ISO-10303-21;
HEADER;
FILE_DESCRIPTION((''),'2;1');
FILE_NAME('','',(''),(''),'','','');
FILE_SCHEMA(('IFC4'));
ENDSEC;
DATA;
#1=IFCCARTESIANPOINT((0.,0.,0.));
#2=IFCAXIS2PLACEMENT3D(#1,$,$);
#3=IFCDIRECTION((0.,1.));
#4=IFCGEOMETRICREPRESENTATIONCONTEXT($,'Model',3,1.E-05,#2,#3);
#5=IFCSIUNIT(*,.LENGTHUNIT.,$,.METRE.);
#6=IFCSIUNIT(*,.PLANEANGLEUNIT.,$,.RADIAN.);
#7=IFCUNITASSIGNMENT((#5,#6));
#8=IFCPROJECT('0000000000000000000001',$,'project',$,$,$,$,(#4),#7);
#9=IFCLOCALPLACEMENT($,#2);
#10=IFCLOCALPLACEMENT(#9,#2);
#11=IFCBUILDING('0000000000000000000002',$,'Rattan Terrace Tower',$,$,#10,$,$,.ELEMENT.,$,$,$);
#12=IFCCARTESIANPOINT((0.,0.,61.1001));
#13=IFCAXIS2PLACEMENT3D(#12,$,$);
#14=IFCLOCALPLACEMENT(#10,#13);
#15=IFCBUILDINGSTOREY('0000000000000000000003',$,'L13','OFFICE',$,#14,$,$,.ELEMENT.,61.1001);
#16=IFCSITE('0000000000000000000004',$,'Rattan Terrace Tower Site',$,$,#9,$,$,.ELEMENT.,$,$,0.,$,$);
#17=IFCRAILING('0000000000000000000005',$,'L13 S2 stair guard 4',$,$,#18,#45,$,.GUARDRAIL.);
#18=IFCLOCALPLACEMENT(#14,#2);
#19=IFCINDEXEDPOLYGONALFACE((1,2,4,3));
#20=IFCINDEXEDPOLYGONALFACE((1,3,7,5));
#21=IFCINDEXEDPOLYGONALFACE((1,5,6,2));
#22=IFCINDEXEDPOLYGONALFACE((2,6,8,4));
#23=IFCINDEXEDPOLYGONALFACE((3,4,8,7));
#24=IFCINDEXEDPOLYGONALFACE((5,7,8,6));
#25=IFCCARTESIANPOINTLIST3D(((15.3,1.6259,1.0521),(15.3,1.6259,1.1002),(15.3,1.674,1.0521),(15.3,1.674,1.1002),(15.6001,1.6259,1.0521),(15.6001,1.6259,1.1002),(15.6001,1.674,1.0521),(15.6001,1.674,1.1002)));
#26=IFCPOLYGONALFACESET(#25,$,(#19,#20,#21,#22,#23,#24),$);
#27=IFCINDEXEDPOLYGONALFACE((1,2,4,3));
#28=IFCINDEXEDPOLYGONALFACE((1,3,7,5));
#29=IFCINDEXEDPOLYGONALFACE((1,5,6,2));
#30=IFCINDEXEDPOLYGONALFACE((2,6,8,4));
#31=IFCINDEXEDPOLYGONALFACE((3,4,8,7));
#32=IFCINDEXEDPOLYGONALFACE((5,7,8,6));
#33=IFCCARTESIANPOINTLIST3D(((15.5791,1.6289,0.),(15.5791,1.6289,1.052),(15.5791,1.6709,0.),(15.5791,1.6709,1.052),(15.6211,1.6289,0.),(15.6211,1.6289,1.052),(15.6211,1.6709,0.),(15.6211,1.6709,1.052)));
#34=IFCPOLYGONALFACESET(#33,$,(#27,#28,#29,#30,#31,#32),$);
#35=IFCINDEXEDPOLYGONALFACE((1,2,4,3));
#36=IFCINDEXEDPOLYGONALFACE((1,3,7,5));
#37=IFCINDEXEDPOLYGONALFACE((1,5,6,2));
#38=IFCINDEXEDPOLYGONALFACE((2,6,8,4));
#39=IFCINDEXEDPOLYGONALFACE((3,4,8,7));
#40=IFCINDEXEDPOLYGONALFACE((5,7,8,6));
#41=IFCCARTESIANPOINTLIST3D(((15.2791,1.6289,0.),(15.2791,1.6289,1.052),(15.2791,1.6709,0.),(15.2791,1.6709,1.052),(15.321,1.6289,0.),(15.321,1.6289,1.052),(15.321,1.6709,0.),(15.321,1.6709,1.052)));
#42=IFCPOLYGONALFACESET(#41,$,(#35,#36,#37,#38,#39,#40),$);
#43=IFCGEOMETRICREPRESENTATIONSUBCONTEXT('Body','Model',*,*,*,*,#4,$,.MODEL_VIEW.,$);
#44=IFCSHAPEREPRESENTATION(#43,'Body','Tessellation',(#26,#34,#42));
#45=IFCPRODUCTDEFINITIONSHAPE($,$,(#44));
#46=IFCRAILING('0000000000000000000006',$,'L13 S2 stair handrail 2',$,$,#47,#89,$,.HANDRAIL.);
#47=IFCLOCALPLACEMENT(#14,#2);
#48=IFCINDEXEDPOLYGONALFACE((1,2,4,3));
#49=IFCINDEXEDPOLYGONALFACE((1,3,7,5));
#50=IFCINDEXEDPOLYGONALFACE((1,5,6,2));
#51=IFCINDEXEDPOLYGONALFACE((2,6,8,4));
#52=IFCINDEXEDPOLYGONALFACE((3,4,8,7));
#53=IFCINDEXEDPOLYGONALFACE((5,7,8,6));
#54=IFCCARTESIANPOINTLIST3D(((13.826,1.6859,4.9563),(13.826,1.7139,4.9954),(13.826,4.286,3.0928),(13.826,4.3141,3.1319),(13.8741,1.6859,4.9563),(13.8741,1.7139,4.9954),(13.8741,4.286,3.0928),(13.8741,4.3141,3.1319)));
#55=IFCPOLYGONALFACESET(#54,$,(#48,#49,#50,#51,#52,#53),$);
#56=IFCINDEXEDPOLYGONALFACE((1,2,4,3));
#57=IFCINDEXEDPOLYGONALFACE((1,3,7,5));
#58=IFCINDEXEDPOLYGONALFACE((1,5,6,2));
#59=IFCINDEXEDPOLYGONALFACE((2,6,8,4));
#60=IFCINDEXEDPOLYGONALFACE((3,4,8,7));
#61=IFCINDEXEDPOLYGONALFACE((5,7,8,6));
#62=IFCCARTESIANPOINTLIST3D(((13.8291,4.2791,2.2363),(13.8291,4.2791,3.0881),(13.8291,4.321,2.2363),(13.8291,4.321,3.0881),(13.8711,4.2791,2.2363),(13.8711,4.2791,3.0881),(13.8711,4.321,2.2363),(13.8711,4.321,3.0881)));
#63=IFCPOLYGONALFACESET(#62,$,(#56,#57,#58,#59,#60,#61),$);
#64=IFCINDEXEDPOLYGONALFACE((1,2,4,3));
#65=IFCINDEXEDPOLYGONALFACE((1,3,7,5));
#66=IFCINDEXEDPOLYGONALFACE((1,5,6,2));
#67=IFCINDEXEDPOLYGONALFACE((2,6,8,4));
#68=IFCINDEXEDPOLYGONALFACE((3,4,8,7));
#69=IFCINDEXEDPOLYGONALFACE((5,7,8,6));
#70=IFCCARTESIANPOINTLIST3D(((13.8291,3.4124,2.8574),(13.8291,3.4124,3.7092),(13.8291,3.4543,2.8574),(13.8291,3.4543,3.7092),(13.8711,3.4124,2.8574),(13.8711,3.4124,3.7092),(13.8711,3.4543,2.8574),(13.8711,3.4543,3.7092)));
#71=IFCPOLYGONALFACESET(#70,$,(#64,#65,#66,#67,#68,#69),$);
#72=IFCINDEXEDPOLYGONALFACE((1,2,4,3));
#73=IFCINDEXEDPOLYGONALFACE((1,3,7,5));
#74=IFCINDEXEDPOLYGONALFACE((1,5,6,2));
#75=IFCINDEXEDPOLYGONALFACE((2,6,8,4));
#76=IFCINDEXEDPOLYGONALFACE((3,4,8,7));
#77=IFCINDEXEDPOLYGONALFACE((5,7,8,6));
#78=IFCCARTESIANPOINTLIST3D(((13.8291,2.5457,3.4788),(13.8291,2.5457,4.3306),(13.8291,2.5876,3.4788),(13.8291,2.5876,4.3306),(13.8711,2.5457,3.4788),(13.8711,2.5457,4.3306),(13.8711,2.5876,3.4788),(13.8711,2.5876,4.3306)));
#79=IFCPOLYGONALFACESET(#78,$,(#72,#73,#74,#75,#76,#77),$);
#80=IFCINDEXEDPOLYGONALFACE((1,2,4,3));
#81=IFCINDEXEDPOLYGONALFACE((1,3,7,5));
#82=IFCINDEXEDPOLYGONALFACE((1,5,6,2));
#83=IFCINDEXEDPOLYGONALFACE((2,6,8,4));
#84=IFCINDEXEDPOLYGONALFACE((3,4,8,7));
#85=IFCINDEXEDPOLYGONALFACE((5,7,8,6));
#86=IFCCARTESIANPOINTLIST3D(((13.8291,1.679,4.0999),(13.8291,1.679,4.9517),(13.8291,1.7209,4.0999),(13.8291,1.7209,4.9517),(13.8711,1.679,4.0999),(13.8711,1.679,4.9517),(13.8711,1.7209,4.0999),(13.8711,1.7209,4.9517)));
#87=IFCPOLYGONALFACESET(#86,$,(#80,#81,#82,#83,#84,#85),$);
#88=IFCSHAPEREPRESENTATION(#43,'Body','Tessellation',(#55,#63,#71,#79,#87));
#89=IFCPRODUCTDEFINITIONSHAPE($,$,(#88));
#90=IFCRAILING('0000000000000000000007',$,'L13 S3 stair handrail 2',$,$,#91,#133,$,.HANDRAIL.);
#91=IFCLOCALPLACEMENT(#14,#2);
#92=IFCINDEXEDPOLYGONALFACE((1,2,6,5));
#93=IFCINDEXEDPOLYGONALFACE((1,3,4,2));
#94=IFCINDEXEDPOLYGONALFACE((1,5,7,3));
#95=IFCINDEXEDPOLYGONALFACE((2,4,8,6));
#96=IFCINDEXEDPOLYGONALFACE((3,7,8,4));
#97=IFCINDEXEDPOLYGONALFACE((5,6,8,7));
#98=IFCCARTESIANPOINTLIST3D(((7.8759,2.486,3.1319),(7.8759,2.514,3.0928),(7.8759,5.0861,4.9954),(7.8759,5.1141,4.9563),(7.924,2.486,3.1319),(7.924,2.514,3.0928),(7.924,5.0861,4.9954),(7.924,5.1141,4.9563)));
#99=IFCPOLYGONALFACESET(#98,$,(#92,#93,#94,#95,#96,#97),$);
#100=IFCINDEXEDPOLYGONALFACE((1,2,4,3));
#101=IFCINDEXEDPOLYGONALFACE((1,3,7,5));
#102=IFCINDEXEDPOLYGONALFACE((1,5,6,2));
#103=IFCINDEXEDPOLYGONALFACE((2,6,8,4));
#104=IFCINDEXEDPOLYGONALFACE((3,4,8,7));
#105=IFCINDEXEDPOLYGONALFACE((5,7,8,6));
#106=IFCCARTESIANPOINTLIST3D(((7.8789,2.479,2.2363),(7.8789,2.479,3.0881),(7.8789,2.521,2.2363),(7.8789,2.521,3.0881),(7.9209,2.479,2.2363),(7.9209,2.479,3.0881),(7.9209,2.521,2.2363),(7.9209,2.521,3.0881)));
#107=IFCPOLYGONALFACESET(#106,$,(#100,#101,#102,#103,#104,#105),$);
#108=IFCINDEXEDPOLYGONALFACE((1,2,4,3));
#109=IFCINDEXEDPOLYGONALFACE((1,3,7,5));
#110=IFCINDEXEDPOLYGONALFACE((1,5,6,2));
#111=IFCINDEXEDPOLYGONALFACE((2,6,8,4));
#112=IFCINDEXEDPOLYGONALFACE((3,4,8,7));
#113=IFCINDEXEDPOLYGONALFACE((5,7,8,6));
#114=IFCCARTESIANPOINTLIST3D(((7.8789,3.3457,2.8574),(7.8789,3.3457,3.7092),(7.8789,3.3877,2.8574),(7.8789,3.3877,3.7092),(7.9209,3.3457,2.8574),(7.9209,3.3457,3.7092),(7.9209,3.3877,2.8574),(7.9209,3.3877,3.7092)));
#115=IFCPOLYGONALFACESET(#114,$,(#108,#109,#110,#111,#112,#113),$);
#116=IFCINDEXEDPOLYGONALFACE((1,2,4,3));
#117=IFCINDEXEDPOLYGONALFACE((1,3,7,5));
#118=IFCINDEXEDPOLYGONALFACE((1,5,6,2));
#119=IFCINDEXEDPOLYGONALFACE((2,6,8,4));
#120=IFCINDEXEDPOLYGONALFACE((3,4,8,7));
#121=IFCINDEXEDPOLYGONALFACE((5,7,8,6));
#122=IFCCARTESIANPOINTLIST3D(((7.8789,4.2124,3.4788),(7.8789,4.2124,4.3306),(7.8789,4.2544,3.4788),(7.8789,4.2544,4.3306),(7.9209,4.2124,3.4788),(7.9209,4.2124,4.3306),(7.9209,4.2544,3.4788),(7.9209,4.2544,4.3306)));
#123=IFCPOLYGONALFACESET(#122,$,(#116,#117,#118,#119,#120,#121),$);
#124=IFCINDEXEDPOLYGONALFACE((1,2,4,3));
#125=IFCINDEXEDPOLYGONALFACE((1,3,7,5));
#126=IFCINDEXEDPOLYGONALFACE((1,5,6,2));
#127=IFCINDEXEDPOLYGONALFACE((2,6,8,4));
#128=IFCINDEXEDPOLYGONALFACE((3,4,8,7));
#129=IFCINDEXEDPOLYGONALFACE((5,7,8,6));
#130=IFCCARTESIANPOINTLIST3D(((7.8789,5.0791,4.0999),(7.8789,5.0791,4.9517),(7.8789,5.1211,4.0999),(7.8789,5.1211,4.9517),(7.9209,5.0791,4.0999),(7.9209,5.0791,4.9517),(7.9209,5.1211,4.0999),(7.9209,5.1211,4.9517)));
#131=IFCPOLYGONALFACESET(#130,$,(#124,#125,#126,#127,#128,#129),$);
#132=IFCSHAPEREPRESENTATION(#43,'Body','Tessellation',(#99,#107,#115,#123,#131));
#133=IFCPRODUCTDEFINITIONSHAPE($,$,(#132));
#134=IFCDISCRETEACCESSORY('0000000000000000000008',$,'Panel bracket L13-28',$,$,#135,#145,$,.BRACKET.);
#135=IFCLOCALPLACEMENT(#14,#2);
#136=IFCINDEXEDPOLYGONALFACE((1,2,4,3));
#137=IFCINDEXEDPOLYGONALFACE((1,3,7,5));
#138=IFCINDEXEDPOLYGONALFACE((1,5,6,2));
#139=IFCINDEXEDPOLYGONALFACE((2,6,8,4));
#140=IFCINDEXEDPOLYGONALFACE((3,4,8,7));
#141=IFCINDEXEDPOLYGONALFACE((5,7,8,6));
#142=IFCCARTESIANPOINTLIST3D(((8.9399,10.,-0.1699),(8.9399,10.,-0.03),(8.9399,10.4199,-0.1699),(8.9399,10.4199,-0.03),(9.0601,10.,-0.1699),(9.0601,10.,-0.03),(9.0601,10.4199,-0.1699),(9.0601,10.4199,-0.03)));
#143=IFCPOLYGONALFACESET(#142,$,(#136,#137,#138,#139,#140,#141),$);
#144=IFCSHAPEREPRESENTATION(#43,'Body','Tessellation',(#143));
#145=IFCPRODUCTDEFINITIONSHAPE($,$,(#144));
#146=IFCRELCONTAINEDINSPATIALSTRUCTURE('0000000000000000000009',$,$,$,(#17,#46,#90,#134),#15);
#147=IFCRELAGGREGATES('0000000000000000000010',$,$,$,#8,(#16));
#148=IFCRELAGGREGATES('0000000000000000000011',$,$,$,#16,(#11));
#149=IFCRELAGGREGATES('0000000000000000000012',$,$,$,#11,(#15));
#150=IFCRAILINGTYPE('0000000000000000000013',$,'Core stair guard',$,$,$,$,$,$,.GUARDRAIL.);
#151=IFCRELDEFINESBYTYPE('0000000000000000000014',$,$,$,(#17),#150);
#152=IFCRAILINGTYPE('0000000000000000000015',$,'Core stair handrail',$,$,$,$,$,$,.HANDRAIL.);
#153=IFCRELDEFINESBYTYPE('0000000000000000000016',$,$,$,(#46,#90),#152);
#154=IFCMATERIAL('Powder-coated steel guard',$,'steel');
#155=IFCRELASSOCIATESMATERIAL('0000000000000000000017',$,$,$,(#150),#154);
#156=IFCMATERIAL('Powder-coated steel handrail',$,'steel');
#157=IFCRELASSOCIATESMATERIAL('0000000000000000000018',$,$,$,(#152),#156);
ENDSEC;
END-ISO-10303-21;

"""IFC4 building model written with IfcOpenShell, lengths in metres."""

from ifc_helpers import new_model, si_unit, direction, frame, origin, origin_2d, place, context, subcontext, project, spatial, rectangle, extrude, material, type_object, element, save


model = new_model("IFC4")

# Units and contexts
model_context = context("Model", 3, precision=1e-05, world=origin(), true_north=direction((0.0, 1.0)))
body_context = subcontext(model_context, "Body", "Model", "MODEL_VIEW")
ifc_project = project(units=[si_unit("LENGTHUNIT", "METRE"), si_unit("PLANEANGLEUNIT", "RADIAN")], contexts=[model_context])

# Site, building, storey
site_placement = place(None, origin())
site = spatial("IfcSite", under=ifc_project, at=site_placement, Name="Rattan Terrace Tower Site", CompositionType="ELEMENT", RefElevation=0.0)
building_placement = place(site_placement, origin())
building = spatial("IfcBuilding", under=site, at=building_placement, Name="Rattan Terrace Tower", CompositionType="ELEMENT")
storey_placement = place(building_placement, frame((0.0, 0.0, 61.1001)))
storey = spatial("IfcBuildingStorey", under=building, at=storey_placement, Name="L13", Description="OFFICE", CompositionType="ELEMENT", Elevation=61.1001)

# Railings
ifc_material_1 = material(Name="Powder-coated steel guard", Category="steel")
railing_type_1 = type_object("IfcRailingType", Name="Core stair guard", PredefinedType="GUARDRAIL", material=ifc_material_1)
railing_1_placement = place(storey_placement, frame((15.6001, 1.6499, 0.0)))
element("IfcRailing", 1, at=railing_1_placement, inside=storey, type_object=railing_type_1, Name="L13 S2 stair guard 4", PredefinedType="GUARDRAIL", context=body_context, shape_type="SweptSolid", body=[
    extrude(rectangle(XDim=0.0481, YDim=0.0481, at=origin_2d()), frame((0.0, 0.0, 1.0762), z_axis=(-1.0, 0.0, 0.0), x_axis=(0.0, -1.0, 0.0)), (0.0, 0.0, 1.0), 0.3),
    extrude(rectangle(XDim=0.042, YDim=0.042, at=origin_2d()), origin(), (0.0, 0.0, 1.0), 1.052),
    extrude(rectangle(XDim=0.042, YDim=0.042, at=origin_2d()), frame((-0.3, 0.0, 0.0)), (0.0, 0.0, 1.0), 1.052),
])
ifc_material_2 = material(Name="Powder-coated steel handrail", Category="steel")
railing_type_2 = type_object("IfcRailingType", Name="Core stair handrail", PredefinedType="HANDRAIL", material=ifc_material_2)
railing_2_placement = place(storey_placement, frame((13.8501, 4.3, 2.2363)))
element("IfcRailing", 2, at=railing_2_placement, inside=storey, type_object=railing_type_2, Name="L13 S2 stair handrail 2", PredefinedType="HANDRAIL", context=body_context, shape_type="SweptSolid", body=[
    extrude(rectangle(XDim=0.0481, YDim=0.0481, at=origin_2d()), frame((0.0, 0.0, 0.876), z_axis=(0.0, -0.812799, 0.582544), x_axis=(1.0, 0.0, 0.0)), (0.0, 0.0, 1.0), 3.199),
    extrude(rectangle(XDim=0.042, YDim=0.042, at=origin_2d()), origin(), (0.0, 0.0, 1.0), 0.8518),
    extrude(rectangle(XDim=0.042, YDim=0.042, at=origin_2d()), frame((0.0, -0.8667, 0.6211)), (0.0, 0.0, 1.0), 0.8518),
    extrude(rectangle(XDim=0.042, YDim=0.042, at=origin_2d()), frame((0.0, -1.7334, 1.2424)), (0.0, 0.0, 1.0), 0.8518),
    extrude(rectangle(XDim=0.042, YDim=0.042, at=origin_2d()), frame((0.0, -2.6001, 1.8635)), (0.0, 0.0, 1.0), 0.8518),
])
railing_3_placement = place(storey_placement, frame((7.8999, 2.5, 2.2363)))
element("IfcRailing", 3, at=railing_3_placement, inside=storey, type_object=railing_type_2, Name="L13 S3 stair handrail 2", PredefinedType="HANDRAIL", context=body_context, shape_type="SweptSolid", body=[
    extrude(rectangle(XDim=0.0481, YDim=0.0481, at=origin_2d()), frame((0.0, 0.0, 0.876), z_axis=(0.0, 0.812799, 0.582544), x_axis=(-1.0, 0.0, 0.0)), (0.0, 0.0, 1.0), 3.199),
    extrude(rectangle(XDim=0.042, YDim=0.042, at=origin_2d()), origin(), (0.0, 0.0, 1.0), 0.8518),
    extrude(rectangle(XDim=0.042, YDim=0.042, at=origin_2d()), frame((0.0, 0.8667, 0.6211)), (0.0, 0.0, 1.0), 0.8518),
    extrude(rectangle(XDim=0.042, YDim=0.042, at=origin_2d()), frame((0.0, 1.7334, 1.2424)), (0.0, 0.0, 1.0), 0.8518),
    extrude(rectangle(XDim=0.042, YDim=0.042, at=origin_2d()), frame((0.0, 2.6001, 1.8635)), (0.0, 0.0, 1.0), 0.8518),
])

# Discrete accessory
discrete_accessory_placement = place(storey_placement, frame((9.0, 10.21, -0.1699), z_axis=(0.0, 0.0, 1.0), x_axis=(-1.0, 0.0, 0.0)))
element("IfcDiscreteAccessory", 4, at=discrete_accessory_placement, inside=storey, Name="Panel bracket L13-28", PredefinedType="BRACKET", context=body_context, shape_type="SweptSolid", body=[
    extrude(rectangle(XDim=0.1201, YDim=0.4199, at=origin_2d()), origin(), (0.0, 0.0, 1.0), 0.1399),
])

save(model, "model.ifc")
